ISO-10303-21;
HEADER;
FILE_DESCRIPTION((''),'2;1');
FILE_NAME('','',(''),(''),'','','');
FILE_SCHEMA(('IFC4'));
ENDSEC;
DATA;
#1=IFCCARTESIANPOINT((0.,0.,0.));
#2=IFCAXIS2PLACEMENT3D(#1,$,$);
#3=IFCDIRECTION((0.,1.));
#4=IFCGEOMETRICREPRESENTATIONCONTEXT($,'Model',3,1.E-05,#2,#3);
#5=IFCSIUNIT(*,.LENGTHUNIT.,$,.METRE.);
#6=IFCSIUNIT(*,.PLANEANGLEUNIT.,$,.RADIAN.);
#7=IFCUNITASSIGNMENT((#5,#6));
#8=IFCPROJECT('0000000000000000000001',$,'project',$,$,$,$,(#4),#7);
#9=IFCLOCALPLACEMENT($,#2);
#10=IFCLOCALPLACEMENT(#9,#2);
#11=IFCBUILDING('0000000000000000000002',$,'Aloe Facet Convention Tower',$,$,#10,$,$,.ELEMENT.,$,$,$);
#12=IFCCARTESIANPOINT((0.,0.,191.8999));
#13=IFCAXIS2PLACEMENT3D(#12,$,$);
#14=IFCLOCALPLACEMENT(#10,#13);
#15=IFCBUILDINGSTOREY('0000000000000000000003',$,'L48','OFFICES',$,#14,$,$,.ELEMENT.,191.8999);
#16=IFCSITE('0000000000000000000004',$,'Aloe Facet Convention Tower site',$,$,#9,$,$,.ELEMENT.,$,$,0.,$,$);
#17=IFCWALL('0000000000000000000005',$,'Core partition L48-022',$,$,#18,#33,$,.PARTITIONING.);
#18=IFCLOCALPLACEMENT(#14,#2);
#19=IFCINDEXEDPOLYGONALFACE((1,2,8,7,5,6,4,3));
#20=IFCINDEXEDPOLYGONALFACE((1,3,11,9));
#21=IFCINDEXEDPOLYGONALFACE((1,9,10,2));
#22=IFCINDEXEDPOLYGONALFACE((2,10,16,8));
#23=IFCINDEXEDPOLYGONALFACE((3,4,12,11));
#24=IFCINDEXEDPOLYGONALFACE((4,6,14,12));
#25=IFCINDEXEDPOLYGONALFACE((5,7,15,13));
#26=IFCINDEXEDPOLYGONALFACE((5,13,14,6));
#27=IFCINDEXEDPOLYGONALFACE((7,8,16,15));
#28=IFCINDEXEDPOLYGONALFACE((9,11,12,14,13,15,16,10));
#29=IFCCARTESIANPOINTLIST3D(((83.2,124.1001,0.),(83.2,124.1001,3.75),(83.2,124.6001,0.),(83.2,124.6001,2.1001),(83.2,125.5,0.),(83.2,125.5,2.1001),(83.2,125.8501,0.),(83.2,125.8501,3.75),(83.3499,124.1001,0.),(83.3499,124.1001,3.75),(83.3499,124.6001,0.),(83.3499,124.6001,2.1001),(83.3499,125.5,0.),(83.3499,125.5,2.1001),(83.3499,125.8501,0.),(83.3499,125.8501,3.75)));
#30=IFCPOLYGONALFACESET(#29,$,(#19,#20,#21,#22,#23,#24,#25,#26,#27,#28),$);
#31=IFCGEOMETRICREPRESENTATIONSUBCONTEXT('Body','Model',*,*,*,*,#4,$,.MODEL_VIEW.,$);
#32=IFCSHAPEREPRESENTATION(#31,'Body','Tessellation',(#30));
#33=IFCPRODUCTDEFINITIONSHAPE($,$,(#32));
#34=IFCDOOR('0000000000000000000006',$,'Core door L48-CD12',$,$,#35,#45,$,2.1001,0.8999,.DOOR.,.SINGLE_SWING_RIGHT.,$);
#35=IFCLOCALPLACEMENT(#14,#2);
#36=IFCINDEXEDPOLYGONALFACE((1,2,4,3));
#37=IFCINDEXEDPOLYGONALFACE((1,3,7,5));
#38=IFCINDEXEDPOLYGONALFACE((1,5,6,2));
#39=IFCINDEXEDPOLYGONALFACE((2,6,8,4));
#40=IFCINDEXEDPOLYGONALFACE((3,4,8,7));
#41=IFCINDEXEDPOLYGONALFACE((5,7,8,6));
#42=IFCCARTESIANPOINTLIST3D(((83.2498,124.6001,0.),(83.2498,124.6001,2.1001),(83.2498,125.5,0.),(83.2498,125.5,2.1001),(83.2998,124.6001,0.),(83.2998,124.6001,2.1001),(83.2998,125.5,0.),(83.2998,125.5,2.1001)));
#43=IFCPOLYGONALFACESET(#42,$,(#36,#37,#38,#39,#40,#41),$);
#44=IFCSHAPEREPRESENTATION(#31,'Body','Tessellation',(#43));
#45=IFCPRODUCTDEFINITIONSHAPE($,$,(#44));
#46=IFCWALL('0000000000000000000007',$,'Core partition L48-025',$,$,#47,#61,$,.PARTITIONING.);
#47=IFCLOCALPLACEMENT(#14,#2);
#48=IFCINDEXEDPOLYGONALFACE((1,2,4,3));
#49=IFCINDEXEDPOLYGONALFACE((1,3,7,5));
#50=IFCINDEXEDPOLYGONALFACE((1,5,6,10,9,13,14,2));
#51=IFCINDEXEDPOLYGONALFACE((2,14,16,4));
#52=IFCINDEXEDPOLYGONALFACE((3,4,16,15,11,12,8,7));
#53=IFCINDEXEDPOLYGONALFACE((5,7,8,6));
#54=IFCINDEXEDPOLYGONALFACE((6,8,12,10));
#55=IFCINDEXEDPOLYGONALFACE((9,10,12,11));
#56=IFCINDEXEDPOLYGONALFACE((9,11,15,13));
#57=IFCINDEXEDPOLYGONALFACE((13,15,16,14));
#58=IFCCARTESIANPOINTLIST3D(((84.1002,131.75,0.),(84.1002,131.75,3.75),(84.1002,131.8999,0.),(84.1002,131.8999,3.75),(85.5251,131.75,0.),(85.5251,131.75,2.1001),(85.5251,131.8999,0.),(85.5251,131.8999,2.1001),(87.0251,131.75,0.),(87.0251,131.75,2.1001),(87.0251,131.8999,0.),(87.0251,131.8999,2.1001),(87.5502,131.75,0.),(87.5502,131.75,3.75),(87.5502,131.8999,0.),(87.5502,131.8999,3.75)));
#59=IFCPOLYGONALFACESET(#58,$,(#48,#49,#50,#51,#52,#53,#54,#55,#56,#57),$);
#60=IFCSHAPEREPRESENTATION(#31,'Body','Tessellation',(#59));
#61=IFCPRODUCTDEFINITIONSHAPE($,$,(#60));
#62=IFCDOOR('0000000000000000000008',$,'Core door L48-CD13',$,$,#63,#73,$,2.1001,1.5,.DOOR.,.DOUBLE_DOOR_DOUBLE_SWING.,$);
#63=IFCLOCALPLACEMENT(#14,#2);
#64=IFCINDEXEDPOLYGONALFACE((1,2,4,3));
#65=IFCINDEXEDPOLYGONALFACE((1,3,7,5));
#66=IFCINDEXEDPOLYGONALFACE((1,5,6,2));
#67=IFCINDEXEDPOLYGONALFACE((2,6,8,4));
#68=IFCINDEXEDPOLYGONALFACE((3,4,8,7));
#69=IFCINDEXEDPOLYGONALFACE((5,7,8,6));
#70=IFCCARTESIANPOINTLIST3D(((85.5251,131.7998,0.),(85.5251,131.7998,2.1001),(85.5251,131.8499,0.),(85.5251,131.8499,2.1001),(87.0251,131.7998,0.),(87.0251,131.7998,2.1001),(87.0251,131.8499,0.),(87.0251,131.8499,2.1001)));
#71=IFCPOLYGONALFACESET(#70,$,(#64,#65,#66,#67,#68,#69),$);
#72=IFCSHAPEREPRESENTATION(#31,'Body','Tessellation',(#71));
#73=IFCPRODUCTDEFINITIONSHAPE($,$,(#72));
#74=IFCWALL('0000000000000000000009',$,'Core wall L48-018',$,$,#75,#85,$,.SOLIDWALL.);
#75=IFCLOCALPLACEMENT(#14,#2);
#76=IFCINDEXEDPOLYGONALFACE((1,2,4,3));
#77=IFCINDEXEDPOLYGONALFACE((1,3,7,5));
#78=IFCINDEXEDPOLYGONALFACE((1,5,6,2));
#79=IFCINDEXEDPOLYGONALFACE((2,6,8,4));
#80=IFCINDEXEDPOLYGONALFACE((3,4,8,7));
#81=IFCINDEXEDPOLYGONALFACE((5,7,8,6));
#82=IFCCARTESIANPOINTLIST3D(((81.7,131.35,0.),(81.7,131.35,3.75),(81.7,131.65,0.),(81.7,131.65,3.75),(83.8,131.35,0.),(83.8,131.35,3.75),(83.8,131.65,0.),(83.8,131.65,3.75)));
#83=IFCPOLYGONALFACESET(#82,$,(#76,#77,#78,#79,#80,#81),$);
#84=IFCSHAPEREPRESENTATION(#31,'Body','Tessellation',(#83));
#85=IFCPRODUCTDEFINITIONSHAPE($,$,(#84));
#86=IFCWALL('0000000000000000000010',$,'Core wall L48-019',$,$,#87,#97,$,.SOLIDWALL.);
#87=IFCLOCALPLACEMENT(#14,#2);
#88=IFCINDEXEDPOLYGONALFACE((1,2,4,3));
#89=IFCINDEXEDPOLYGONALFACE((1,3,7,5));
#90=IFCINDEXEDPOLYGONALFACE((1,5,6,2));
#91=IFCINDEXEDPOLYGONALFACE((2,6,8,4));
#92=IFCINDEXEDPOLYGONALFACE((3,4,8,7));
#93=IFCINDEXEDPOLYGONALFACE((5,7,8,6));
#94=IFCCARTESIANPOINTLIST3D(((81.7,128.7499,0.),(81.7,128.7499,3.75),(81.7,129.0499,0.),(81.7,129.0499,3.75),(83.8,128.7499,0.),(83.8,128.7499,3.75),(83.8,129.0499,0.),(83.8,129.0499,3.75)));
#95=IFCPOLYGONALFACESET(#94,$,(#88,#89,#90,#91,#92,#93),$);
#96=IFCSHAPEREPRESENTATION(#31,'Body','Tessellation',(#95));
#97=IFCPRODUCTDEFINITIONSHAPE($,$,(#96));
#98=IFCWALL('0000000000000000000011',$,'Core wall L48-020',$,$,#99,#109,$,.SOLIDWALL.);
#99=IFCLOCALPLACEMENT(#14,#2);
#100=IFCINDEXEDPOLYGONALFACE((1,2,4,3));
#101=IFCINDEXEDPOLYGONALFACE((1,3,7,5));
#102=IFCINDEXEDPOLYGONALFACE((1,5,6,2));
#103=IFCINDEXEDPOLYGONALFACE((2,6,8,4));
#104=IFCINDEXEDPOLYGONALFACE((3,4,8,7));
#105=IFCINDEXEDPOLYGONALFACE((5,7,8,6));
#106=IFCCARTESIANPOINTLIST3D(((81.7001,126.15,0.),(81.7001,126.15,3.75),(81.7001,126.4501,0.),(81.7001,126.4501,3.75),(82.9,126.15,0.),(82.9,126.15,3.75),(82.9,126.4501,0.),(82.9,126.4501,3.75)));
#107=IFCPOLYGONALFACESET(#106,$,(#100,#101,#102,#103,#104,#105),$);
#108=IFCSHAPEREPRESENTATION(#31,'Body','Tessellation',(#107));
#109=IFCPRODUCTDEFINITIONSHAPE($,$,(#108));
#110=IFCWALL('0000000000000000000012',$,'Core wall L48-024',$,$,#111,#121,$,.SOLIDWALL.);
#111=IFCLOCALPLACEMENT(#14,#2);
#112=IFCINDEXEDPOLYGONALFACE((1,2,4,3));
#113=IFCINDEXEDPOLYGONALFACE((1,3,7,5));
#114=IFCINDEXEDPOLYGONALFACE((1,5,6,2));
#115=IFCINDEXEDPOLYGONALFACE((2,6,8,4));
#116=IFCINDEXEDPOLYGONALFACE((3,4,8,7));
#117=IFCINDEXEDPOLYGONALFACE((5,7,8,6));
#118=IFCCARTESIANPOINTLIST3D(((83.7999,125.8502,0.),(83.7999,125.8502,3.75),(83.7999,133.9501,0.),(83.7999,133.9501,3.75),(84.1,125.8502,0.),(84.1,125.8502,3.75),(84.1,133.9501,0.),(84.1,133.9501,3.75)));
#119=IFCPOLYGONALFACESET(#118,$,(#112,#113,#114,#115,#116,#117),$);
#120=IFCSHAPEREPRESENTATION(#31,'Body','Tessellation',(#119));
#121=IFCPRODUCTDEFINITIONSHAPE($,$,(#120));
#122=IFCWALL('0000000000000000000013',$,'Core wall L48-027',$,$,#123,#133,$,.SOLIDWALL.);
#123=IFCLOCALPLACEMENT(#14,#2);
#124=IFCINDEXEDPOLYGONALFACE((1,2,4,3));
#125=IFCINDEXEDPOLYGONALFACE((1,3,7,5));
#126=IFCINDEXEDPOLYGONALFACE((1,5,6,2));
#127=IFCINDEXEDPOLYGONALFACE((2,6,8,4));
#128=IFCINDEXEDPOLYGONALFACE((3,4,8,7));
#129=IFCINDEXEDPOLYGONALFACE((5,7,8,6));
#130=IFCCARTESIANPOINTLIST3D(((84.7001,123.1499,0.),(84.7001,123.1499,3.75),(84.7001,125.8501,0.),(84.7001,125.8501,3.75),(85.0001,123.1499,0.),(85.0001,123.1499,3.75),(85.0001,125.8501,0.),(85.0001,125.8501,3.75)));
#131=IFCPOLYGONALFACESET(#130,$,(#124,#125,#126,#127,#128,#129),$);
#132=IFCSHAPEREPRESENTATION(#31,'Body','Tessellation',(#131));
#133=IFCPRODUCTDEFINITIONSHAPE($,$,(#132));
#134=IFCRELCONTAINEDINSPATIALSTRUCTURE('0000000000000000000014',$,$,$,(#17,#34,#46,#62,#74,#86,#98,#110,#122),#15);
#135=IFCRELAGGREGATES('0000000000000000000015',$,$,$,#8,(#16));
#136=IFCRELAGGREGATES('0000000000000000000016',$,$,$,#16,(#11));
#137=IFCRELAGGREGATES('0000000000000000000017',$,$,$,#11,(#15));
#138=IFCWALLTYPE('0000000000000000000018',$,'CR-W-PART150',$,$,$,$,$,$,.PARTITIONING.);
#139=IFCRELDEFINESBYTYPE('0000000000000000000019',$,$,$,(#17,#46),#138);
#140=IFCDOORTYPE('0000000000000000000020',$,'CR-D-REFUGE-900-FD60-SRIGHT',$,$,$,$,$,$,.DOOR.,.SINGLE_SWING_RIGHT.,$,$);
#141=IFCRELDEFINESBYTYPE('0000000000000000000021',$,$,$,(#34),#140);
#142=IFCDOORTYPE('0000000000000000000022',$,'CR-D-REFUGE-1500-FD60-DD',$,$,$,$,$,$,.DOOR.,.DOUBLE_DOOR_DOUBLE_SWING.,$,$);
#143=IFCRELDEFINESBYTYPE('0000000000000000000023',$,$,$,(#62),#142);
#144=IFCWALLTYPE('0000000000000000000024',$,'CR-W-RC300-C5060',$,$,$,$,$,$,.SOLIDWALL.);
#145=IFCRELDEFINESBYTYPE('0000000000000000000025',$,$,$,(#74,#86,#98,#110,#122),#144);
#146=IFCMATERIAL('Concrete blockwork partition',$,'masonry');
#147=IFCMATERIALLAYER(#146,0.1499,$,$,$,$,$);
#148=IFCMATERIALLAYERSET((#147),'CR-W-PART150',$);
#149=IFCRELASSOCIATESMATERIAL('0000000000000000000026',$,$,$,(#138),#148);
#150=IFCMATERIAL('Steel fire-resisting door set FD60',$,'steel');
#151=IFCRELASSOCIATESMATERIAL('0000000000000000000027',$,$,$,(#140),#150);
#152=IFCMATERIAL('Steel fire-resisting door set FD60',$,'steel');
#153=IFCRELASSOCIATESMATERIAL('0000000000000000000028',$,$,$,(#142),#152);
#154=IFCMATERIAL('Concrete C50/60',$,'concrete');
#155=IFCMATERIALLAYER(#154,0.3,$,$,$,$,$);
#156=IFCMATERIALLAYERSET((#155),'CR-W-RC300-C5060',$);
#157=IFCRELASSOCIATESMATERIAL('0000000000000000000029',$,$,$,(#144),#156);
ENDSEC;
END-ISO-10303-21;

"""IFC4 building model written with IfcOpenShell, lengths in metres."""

from ifc_helpers import new_model, si_unit, direction, frame, frame_2d, origin, place, context, subcontext, project, spatial, rectangle, extrude, material, layer, layer_set, type_object, element, fill, save


model = new_model("IFC4")

# Units and contexts
model_context = context("Model", 3, precision=1e-05, world=origin(), true_north=direction((0.0, 1.0)))
body_context = subcontext(model_context, "Body", "Model", "MODEL_VIEW")
ifc_project = project(units=[si_unit("LENGTHUNIT", "METRE"), si_unit("PLANEANGLEUNIT", "RADIAN")], contexts=[model_context])

# Site, building, storey
site_placement = place(None, origin())
site = spatial("IfcSite", under=ifc_project, at=site_placement, Name="Aloe Facet Convention Tower site", CompositionType="ELEMENT", RefElevation=0.0)
building_placement = place(site_placement, origin())
building = spatial("IfcBuilding", under=site, at=building_placement, Name="Aloe Facet Convention Tower", CompositionType="ELEMENT")
storey_placement = place(building_placement, frame((0.0, 0.0, 191.8999)))
storey = spatial("IfcBuildingStorey", under=building, at=storey_placement, Name="L48", Description="OFFICES", CompositionType="ELEMENT", Elevation=191.8999)

# Walls, openings, doors
ifc_material_1 = material(Name="Concrete blockwork partition", Category="masonry")
ifc_layer_1 = layer(ifc_material_1, 0.1499)
ifc_layer_set_1 = layer_set([ifc_layer_1], Name="CR-W-PART150")
wall_type_1 = type_object("IfcWallType", Name="CR-W-PART150", PredefinedType="PARTITIONING", material=ifc_layer_set_1)
wall_1_placement = place(storey_placement, frame((83.2749, 125.8501, 0.0), z_axis=(0.0, 0.0, 1.0), x_axis=(0.0, -1.0, 0.0)))
wall_1 = element("IfcWall", 1, at=wall_1_placement, inside=storey, type_object=wall_type_1, Name="Core partition L48-022", PredefinedType="PARTITIONING", context=body_context, shape_type="SweptSolid", body=[
    extrude(rectangle(XDim=1.75, YDim=0.1499, at=frame_2d((0.875, 0.0))), origin(), (0.0, 0.0, 1.0), 3.75),
])
opening_1_placement = place(wall_1_placement, frame((0.3501, 0.0, 0.0)))
opening_1 = element("IfcOpeningElement", 2, at=opening_1_placement, cuts=wall_1, PredefinedType="OPENING", context=body_context, shape_type="SweptSolid", body=[
    extrude(rectangle(XDim=0.8999, YDim=2.1001, at=frame_2d((0.45, 1.05))), frame((0.0, 0.085, 0.0), z_axis=(0.0, -1.0, 0.0), x_axis=(1.0, 0.0, 0.0)), (0.0, 0.0, 1.0), 0.1699),
])
ifc_material_2 = material(Name="Steel fire-resisting door set FD60", Category="steel")
door_type_1 = type_object("IfcDoorType", Name="CR-D-REFUGE-900-FD60-SRIGHT", OperationType="SINGLE_SWING_RIGHT", PredefinedType="DOOR", material=ifc_material_2)
door_1_placement = place(opening_1_placement, origin())
door_1 = element("IfcDoor", 3, at=door_1_placement, inside=storey, type_object=door_type_1, Name="Core door L48-CD12", OperationType="SINGLE_SWING_RIGHT", OverallHeight=2.1001, OverallWidth=0.8999, PredefinedType="DOOR", context=body_context, shape_type="SweptSolid", body=[
    extrude(rectangle(XDim=0.8999, YDim=2.1001, at=frame_2d((0.45, 1.05))), frame((0.0, 0.0249, 0.0), z_axis=(0.0, -1.0, 0.0), x_axis=(1.0, 0.0, 0.0)), (0.0, 0.0, 1.0), 0.05),
])
fill(opening_1, door_1)
wall_2_placement = place(storey_placement, frame((84.1001, 131.825, 0.0), z_axis=(0.0, 0.0, 1.0), x_axis=(1.0, 0.0, 0.0)))
wall_2 = element("IfcWall", 4, at=wall_2_placement, inside=storey, type_object=wall_type_1, Name="Core partition L48-025", PredefinedType="PARTITIONING", context=body_context, shape_type="SweptSolid", body=[
    extrude(rectangle(XDim=3.45, YDim=0.1499, at=frame_2d((1.7251, 0.0))), origin(), (0.0, 0.0, 1.0), 3.75),
])
opening_2_placement = place(wall_2_placement, frame((1.425, 0.0, 0.0)))
opening_2 = element("IfcOpeningElement", 5, at=opening_2_placement, cuts=wall_2, PredefinedType="OPENING", context=body_context, shape_type="SweptSolid", body=[
    extrude(rectangle(XDim=1.5, YDim=2.1001, at=frame_2d((0.75, 1.05))), frame((0.0, 0.085, 0.0), z_axis=(0.0, -1.0, 0.0), x_axis=(1.0, 0.0, 0.0)), (0.0, 0.0, 1.0), 0.1699),
])
ifc_material_3 = material(Name="Steel fire-resisting door set FD60", Category="steel")
door_type_2 = type_object("IfcDoorType", Name="CR-D-REFUGE-1500-FD60-DD", OperationType="DOUBLE_DOOR_DOUBLE_SWING", PredefinedType="DOOR", material=ifc_material_3)
door_2_placement = place(opening_2_placement, origin())
door_2 = element("IfcDoor", 6, at=door_2_placement, inside=storey, type_object=door_type_2, Name="Core door L48-CD13", OperationType="DOUBLE_DOOR_DOUBLE_SWING", OverallHeight=2.1001, OverallWidth=1.5, PredefinedType="DOOR", context=body_context, shape_type="SweptSolid", body=[
    extrude(rectangle(XDim=1.5, YDim=2.1001, at=frame_2d((0.75, 1.05))), frame((0.0, 0.0249, 0.0), z_axis=(0.0, -1.0, 0.0), x_axis=(1.0, 0.0, 0.0)), (0.0, 0.0, 1.0), 0.05),
])
fill(opening_2, door_2)

# Walls
ifc_material_4 = material(Name="Concrete C50/60", Category="concrete")
ifc_layer_2 = layer(ifc_material_4, 0.3)
ifc_layer_set_2 = layer_set([ifc_layer_2], Name="CR-W-RC300-C5060")
wall_type_2 = type_object("IfcWallType", Name="CR-W-RC300-C5060", PredefinedType="SOLIDWALL", material=ifc_layer_set_2)
for number, where, z_axis, x_axis, name in (
    (7, (81.7, 131.5, 0.0), (0.0, 0.0, 1.0), (1.0, 0.0, 0.0), "Core wall L48-018"),
    (8, (81.7, 128.8999, 0.0), (0.0, 0.0, 1.0), (1.0, 0.0, 0.0), "Core wall L48-019"),
):
    element("IfcWall", number, at=place(storey_placement, frame(where, z_axis=z_axis, x_axis=x_axis)), inside=storey, type_object=wall_type_2, Name=name, PredefinedType="SOLIDWALL", context=body_context, shape_type="SweptSolid", body=[
        extrude(rectangle(XDim=2.1001, YDim=0.3, at=frame_2d((1.05, 0.0))), origin(), (0.0, 0.0, 1.0), 3.75),
    ])
wall_3_placement = place(storey_placement, frame((81.7, 126.3, 0.0), z_axis=(0.0, 0.0, 1.0), x_axis=(1.0, 0.0, 0.0)))
element("IfcWall", 9, at=wall_3_placement, inside=storey, type_object=wall_type_2, Name="Core wall L48-020", PredefinedType="SOLIDWALL", context=body_context, shape_type="SweptSolid", body=[
    extrude(rectangle(XDim=1.2, YDim=0.3, at=frame_2d((0.6001, 0.0))), origin(), (0.0, 0.0, 1.0), 3.75),
])
wall_4_placement = place(storey_placement, frame((83.95, 133.95, 0.0), z_axis=(0.0, 0.0, 1.0), x_axis=(0.0, -1.0, 0.0)))
element("IfcWall", 10, at=wall_4_placement, inside=storey, type_object=wall_type_2, Name="Core wall L48-024", PredefinedType="SOLIDWALL", context=body_context, shape_type="SweptSolid", body=[
    extrude(rectangle(XDim=8.0999, YDim=0.3, at=frame_2d((4.0498, 0.0))), origin(), (0.0, 0.0, 1.0), 3.75),
])
wall_5_placement = place(storey_placement, frame((84.8501, 125.8501, 0.0), z_axis=(0.0, 0.0, 1.0), x_axis=(0.0, -1.0, 0.0)))
element("IfcWall", 11, at=wall_5_placement, inside=storey, type_object=wall_type_2, Name="Core wall L48-027", PredefinedType="SOLIDWALL", context=body_context, shape_type="SweptSolid", body=[
    extrude(rectangle(XDim=2.7002, YDim=0.3, at=frame_2d((1.3501, 0.0))), origin(), (0.0, 0.0, 1.0), 3.75),
])

save(model, "model.ifc")
